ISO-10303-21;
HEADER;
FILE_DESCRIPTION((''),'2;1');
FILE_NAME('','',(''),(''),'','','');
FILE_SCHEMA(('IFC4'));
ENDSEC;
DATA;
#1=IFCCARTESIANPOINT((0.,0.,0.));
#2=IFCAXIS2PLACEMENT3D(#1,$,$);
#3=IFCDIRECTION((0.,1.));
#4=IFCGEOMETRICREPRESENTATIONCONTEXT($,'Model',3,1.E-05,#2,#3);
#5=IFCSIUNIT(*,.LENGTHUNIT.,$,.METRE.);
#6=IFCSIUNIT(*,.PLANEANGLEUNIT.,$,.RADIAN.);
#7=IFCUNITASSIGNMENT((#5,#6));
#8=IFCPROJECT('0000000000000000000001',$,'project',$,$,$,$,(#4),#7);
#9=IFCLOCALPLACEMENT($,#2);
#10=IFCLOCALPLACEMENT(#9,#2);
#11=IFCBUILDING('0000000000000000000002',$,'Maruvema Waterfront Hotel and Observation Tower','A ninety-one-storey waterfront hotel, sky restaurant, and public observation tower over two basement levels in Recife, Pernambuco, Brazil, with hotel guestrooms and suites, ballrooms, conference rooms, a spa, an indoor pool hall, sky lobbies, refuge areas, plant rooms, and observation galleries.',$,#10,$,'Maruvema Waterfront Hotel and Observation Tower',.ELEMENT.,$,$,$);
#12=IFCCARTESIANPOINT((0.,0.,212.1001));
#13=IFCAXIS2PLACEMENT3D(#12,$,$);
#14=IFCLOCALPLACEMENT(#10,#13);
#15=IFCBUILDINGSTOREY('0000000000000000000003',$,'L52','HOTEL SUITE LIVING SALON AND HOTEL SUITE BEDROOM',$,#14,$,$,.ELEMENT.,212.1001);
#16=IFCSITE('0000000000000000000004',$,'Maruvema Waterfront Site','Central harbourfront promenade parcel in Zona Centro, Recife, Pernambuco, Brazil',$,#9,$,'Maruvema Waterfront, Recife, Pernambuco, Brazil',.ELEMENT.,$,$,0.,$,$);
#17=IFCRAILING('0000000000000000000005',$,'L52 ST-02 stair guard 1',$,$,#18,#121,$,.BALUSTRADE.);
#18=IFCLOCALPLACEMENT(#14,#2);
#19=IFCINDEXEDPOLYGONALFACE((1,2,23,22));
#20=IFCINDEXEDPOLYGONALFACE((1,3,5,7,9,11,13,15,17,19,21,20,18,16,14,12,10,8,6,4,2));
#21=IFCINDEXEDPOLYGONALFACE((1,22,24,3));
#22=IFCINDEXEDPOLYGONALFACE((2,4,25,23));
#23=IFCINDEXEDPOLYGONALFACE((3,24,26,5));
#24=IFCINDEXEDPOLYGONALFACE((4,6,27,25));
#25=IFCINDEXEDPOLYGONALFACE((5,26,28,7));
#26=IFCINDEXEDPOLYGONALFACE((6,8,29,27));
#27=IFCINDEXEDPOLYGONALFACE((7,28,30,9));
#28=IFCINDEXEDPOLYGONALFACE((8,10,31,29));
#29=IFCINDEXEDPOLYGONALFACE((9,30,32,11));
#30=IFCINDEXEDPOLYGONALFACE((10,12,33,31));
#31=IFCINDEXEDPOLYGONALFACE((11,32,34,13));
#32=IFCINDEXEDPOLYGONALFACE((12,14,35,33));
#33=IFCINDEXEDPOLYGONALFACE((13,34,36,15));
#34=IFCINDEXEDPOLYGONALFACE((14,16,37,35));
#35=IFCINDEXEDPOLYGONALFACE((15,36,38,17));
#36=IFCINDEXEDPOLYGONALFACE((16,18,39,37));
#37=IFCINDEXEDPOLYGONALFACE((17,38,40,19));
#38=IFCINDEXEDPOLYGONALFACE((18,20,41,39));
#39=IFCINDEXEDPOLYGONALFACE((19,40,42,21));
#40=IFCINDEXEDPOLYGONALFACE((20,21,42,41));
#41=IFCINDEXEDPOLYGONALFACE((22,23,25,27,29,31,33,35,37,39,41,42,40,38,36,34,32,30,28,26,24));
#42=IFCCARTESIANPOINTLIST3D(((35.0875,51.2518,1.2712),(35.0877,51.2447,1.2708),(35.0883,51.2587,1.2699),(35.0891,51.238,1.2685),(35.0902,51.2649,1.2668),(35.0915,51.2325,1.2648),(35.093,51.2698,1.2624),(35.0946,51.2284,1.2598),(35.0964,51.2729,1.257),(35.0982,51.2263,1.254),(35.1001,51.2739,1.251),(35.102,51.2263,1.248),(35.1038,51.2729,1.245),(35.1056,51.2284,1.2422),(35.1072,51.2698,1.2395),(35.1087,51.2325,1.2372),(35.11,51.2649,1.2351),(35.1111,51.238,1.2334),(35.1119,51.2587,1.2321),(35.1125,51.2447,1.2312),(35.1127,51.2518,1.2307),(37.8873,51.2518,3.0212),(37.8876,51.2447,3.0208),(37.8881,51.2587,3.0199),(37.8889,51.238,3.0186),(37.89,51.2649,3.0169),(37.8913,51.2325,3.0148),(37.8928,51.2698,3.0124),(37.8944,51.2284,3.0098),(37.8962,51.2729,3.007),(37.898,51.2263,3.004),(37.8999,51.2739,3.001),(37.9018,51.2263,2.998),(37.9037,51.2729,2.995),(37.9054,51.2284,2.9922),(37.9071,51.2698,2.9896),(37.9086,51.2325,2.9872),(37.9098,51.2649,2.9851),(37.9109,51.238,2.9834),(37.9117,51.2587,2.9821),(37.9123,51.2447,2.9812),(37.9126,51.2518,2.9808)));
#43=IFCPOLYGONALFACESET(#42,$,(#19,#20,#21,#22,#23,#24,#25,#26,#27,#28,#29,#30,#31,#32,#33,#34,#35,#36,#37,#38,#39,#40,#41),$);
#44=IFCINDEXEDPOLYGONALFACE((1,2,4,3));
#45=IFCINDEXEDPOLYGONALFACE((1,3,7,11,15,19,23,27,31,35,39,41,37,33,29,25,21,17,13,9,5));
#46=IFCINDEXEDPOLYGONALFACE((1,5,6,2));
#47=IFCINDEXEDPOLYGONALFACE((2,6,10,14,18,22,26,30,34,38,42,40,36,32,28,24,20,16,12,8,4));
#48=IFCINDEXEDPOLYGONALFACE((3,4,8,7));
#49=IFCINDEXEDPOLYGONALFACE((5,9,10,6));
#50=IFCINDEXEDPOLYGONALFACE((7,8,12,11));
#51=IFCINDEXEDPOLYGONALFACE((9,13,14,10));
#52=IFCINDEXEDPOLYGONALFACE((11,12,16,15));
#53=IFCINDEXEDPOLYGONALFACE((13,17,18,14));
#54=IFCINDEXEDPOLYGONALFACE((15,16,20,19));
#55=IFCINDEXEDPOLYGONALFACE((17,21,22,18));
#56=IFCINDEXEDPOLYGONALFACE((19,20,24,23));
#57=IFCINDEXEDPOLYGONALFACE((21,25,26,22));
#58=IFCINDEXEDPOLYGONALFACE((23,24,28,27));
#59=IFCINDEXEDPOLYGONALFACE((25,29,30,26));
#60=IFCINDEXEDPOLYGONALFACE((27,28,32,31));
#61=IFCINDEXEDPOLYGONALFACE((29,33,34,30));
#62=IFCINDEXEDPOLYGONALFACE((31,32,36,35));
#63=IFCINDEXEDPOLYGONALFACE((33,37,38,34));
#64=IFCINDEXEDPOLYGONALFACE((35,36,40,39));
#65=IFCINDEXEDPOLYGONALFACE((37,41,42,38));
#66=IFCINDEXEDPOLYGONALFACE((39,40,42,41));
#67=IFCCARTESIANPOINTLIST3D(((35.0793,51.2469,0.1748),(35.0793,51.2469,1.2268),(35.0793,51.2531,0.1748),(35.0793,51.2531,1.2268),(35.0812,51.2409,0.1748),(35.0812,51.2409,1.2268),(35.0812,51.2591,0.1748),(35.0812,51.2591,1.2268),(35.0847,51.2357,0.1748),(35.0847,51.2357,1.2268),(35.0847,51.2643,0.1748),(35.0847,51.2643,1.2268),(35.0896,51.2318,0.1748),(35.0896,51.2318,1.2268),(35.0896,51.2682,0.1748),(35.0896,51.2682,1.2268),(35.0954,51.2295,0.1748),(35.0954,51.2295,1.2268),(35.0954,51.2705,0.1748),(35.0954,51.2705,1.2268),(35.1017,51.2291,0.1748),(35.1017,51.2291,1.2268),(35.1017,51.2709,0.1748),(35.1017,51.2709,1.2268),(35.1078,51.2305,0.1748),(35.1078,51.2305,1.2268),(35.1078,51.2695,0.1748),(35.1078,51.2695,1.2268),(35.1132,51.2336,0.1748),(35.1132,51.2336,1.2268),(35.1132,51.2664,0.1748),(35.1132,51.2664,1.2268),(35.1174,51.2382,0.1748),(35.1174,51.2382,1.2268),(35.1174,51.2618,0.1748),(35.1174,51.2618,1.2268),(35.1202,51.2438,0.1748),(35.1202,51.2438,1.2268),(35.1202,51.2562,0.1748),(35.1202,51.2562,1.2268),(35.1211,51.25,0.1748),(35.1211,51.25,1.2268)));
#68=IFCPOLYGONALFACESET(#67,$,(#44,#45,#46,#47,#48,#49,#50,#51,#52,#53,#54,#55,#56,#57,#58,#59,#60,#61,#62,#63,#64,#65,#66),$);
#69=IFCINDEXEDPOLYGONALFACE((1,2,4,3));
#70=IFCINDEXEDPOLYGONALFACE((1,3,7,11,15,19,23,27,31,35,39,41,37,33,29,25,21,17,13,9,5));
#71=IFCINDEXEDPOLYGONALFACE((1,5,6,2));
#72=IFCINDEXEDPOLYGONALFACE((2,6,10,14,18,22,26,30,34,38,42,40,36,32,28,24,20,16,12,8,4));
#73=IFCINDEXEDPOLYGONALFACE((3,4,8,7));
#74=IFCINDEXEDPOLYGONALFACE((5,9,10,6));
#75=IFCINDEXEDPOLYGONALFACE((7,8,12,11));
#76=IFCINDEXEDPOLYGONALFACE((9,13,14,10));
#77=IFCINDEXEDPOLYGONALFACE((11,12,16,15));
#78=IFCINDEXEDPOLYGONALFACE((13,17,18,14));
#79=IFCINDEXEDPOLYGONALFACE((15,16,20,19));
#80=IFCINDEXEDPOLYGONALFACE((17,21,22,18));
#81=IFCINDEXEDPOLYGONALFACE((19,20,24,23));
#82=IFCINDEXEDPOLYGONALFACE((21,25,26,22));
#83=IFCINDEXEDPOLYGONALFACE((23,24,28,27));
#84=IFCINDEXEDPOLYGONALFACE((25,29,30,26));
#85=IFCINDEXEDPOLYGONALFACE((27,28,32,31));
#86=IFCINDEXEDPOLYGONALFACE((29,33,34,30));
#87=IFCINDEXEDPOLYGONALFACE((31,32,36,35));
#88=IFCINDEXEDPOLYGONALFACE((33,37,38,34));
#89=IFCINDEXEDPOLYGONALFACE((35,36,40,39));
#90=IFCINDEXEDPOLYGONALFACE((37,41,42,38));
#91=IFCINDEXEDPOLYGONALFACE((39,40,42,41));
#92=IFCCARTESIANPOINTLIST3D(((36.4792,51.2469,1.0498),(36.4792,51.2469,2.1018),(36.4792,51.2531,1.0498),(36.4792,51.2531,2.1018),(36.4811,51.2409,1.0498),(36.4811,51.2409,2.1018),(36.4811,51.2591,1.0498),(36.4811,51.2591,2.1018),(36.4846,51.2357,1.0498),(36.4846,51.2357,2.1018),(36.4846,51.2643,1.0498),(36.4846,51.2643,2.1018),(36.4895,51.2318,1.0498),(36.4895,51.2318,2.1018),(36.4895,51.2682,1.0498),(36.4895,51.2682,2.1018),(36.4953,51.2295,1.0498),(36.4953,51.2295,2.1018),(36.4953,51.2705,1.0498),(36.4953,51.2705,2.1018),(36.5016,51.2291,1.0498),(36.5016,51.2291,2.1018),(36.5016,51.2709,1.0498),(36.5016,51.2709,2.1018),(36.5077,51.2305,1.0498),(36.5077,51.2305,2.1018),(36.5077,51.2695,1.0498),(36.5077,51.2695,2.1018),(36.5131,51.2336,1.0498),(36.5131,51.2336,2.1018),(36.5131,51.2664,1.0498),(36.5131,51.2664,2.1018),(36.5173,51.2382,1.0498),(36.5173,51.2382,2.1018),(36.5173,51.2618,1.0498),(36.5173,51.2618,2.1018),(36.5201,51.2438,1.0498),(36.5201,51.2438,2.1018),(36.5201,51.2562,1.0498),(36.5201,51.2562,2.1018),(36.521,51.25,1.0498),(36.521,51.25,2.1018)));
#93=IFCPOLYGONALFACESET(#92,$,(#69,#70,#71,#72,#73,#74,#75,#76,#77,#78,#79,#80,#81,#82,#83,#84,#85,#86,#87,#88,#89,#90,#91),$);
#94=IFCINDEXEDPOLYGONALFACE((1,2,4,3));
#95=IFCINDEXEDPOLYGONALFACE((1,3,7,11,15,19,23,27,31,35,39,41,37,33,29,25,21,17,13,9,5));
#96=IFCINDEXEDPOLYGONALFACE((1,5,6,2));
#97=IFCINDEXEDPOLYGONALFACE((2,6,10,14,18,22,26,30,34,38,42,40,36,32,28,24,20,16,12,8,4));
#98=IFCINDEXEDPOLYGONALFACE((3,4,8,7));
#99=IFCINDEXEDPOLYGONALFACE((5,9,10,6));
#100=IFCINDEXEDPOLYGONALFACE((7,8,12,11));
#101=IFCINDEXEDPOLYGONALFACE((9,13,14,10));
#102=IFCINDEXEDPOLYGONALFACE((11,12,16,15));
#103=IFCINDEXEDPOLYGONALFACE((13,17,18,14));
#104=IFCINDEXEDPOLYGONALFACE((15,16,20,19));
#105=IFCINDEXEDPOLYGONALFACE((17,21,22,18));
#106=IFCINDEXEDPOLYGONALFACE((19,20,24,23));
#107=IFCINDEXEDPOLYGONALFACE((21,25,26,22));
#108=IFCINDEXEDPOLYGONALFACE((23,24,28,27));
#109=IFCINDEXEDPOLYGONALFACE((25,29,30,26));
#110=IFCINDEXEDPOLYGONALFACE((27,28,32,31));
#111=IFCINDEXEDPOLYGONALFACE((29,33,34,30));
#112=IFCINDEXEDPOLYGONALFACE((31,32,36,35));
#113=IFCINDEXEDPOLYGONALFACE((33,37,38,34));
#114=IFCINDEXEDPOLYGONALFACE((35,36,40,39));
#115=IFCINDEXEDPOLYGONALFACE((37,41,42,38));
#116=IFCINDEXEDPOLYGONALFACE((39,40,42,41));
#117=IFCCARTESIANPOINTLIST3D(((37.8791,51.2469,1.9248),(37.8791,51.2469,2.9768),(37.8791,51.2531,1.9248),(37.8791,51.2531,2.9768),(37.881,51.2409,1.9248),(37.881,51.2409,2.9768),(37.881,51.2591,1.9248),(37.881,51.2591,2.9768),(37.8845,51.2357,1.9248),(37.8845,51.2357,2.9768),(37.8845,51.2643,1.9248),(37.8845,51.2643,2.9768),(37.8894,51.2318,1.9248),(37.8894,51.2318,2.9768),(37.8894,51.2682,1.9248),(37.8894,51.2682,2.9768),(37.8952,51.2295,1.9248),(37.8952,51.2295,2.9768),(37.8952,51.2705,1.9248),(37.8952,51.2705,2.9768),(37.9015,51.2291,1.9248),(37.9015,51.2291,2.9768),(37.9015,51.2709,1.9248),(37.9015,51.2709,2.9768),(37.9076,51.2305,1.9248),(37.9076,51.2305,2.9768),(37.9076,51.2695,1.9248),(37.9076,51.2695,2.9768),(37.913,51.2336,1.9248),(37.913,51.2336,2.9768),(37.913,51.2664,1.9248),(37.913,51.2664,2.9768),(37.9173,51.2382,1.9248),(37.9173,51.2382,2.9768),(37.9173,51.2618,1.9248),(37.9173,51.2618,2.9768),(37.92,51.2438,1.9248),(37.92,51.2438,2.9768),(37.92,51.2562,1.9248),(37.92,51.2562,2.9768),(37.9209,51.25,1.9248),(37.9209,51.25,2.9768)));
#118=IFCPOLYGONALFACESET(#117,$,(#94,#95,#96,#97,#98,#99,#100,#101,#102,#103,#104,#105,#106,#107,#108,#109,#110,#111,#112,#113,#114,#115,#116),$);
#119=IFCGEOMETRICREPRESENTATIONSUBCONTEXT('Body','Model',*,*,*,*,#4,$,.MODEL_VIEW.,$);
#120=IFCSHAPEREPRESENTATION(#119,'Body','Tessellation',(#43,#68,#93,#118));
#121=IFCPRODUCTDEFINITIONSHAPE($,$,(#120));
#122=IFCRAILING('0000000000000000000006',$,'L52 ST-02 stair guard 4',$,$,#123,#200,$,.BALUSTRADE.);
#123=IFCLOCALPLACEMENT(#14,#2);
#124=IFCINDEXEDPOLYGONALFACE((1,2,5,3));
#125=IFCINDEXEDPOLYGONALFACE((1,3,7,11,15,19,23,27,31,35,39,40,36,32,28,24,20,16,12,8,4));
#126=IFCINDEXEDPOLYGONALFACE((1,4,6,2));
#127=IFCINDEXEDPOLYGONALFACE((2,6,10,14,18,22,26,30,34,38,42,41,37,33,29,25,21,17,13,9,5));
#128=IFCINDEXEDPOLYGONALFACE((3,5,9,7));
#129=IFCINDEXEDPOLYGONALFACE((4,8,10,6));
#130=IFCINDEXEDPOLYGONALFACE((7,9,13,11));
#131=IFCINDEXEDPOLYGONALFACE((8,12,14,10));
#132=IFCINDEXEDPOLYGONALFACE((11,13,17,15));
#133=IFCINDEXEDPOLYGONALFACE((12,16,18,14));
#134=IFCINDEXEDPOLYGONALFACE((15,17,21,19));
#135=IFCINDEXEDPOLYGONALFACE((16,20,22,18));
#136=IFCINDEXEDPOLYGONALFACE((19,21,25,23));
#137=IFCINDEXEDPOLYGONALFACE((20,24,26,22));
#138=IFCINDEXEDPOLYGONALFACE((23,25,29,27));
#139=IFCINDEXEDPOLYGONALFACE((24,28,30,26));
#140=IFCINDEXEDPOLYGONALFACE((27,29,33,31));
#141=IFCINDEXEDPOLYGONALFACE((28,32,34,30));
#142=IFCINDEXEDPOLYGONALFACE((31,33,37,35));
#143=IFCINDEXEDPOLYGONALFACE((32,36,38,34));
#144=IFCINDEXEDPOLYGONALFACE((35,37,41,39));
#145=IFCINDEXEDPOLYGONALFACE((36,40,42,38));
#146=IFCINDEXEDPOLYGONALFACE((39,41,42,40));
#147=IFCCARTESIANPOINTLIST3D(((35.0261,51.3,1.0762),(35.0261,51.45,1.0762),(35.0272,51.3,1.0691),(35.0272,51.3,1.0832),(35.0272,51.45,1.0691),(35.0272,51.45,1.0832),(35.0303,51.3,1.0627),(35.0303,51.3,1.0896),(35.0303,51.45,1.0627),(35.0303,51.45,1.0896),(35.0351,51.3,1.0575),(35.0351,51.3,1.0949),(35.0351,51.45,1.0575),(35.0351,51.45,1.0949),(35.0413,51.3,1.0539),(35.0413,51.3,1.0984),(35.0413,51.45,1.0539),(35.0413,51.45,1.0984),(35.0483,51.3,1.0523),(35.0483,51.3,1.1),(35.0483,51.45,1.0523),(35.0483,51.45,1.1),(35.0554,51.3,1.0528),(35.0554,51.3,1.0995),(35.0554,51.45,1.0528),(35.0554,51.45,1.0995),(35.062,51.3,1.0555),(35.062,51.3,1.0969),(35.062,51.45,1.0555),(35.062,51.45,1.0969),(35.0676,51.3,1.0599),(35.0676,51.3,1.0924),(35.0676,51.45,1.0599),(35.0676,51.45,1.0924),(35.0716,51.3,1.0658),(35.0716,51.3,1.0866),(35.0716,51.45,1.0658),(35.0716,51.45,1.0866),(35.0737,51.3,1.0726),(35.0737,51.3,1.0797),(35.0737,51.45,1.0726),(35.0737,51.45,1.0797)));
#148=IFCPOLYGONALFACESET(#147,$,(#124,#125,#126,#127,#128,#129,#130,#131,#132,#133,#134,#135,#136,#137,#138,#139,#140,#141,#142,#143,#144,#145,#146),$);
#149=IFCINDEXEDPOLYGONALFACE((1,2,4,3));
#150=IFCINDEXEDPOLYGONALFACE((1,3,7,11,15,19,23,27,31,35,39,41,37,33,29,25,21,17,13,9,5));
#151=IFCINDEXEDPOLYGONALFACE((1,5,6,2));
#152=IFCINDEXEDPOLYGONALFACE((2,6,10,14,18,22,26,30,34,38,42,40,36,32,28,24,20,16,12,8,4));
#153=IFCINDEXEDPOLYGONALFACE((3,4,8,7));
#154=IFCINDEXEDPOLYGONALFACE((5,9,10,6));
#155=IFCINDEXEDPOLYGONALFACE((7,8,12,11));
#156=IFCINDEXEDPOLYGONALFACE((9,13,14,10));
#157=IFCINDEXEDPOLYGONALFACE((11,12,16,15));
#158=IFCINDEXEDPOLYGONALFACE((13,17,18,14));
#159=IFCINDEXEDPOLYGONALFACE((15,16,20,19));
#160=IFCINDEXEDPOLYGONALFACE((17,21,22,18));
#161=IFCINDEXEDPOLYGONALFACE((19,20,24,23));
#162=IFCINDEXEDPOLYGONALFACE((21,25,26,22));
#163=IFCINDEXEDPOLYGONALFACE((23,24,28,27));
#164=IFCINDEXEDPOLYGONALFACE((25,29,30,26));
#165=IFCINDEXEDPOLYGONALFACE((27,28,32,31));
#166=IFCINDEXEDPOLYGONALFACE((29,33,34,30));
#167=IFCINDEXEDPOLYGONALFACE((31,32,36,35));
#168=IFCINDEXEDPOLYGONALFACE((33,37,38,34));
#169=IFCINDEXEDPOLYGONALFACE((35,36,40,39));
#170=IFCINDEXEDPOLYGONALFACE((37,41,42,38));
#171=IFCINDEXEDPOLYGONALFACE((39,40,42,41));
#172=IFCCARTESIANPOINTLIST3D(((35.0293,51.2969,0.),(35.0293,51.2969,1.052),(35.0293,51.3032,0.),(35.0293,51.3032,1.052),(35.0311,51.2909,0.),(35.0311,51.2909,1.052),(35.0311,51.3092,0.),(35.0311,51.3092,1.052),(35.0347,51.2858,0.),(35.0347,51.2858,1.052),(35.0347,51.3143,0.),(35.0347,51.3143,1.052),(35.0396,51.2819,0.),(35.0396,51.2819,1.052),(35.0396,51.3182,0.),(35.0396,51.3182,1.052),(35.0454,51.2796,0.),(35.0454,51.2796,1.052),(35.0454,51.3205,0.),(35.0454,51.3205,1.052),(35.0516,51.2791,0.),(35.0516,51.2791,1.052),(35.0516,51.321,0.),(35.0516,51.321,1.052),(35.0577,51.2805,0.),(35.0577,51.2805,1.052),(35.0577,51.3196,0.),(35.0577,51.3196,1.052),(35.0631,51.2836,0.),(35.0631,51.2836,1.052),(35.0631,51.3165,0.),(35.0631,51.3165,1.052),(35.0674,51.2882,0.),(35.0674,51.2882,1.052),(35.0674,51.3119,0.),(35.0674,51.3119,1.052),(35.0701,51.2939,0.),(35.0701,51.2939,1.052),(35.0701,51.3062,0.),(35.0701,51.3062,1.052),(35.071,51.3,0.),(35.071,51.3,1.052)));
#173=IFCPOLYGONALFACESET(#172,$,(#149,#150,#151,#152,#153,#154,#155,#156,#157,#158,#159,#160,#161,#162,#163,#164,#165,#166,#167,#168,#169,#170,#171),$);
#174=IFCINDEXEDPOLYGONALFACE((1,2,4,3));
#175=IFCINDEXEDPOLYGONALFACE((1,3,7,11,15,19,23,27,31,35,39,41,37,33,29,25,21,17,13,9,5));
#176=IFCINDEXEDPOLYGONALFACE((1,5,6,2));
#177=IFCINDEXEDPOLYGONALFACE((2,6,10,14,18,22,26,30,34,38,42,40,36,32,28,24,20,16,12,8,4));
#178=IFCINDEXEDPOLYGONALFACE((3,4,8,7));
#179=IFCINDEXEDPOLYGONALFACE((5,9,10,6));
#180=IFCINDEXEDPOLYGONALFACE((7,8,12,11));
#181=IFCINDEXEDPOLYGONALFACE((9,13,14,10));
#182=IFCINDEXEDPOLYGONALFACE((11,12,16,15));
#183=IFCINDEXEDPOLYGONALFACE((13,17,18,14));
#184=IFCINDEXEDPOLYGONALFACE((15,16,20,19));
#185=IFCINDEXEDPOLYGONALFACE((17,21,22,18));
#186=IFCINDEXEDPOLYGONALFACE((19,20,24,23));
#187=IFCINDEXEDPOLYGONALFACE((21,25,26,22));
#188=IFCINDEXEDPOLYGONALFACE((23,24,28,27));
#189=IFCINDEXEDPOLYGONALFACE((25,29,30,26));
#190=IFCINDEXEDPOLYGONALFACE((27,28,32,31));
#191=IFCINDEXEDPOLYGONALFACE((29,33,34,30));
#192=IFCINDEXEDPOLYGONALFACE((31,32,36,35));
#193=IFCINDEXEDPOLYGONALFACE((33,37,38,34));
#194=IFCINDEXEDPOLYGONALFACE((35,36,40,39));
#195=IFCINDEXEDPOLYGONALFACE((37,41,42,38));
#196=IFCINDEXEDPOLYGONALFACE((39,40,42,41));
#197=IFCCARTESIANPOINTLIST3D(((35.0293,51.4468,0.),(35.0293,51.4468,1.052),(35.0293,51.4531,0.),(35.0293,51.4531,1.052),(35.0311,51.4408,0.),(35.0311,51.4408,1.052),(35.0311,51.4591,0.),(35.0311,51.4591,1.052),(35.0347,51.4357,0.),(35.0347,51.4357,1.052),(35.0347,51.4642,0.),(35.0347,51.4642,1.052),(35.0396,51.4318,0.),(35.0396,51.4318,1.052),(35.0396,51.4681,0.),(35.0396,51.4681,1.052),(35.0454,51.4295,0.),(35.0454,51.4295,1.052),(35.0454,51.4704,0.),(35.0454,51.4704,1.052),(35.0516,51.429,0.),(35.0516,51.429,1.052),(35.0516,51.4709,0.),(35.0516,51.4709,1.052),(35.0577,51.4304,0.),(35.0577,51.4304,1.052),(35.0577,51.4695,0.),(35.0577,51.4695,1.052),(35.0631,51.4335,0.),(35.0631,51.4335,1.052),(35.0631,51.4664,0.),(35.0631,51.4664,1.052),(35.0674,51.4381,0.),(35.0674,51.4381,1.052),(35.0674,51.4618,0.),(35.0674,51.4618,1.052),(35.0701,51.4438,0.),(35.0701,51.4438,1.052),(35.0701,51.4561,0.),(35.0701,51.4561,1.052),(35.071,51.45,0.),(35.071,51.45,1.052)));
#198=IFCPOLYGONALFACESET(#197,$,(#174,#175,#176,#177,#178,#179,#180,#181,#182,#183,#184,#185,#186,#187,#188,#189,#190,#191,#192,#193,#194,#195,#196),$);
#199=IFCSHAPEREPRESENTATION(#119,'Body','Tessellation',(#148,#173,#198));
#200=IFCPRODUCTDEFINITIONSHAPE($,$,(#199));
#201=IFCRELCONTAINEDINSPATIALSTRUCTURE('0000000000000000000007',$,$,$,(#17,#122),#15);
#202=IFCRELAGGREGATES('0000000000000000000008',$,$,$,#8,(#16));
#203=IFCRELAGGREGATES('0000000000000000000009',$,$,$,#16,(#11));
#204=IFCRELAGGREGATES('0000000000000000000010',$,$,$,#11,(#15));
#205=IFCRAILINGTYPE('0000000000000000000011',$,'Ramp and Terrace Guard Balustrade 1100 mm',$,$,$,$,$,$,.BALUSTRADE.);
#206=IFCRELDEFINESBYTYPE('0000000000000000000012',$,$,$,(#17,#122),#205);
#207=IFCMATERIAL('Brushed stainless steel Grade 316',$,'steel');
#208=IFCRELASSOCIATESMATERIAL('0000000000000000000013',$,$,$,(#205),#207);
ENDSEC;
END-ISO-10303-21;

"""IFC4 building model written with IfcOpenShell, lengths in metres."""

from ifc_helpers import new_model, si_unit, direction, frame, origin, origin_2d, place, context, subcontext, project, spatial, circle, extrude, material, type_object, element, save


model = new_model("IFC4")

# Units and contexts
model_context = context("Model", 3, precision=1e-05, world=origin(), true_north=direction((0.0, 1.0)))
body_context = subcontext(model_context, "Body", "Model", "MODEL_VIEW")
ifc_project = project(units=[si_unit("LENGTHUNIT", "METRE"), si_unit("PLANEANGLEUNIT", "RADIAN")], contexts=[model_context])

# Site, building, storey
site_placement = place(None, origin())
site = spatial("IfcSite", under=ifc_project, at=site_placement, Name="Maruvema Waterfront Site", Description="Central harbourfront promenade parcel in Zona Centro, Recife, Pernambuco, Brazil", LongName="Maruvema Waterfront, Recife, Pernambuco, Brazil", CompositionType="ELEMENT", RefElevation=0.0)
building_placement = place(site_placement, origin())
building = spatial("IfcBuilding", under=site, at=building_placement, Name="Maruvema Waterfront Hotel and Observation Tower", Description="A ninety-one-storey waterfront hotel, sky restaurant, and public observation tower over two basement levels in Recife, Pernambuco, Brazil, with hotel guestrooms and suites, ballrooms, conference rooms, a spa, an indoor pool hall, sky lobbies, refuge areas, plant rooms, and observation galleries.", LongName="Maruvema Waterfront Hotel and Observation Tower", CompositionType="ELEMENT")
storey_placement = place(building_placement, frame((0.0, 0.0, 212.1001)))
storey = spatial("IfcBuildingStorey", under=building, at=storey_placement, Name="L52", Description="HOTEL SUITE LIVING SALON AND HOTEL SUITE BEDROOM", CompositionType="ELEMENT", Elevation=212.1001)

# Railings
ifc_material_1 = material(Name="Brushed stainless steel Grade 316", Category="steel")
railing_type_1 = type_object("IfcRailingType", Name="Ramp and Terrace Guard Balustrade 1100 mm", PredefinedType="BALUSTRADE", material=ifc_material_1)
railing_1_placement = place(storey_placement, frame((35.1001, 51.25, 0.1748)))
element("IfcRailing", 1, at=railing_1_placement, inside=storey, type_object=railing_type_1, Name="L52 ST-02 stair guard 1", PredefinedType="BALUSTRADE", context=body_context, shape_type="SweptSolid", body=[
    extrude(circle(Radius=0.0239, at=origin_2d()), frame((0.0, 0.0, 1.0762), z_axis=(0.847982, 0.0, 0.530026), x_axis=(0.0, 1.0, 0.0)), (0.0, 0.0, 1.0), 3.3018),
    extrude(circle(Radius=0.021, at=origin_2d()), origin(), (0.0, 0.0, 1.0), 1.052),
    extrude(circle(Radius=0.021, at=origin_2d()), frame((1.3999, 0.0, 0.875)), (0.0, 0.0, 1.0), 1.052),
    extrude(circle(Radius=0.021, at=origin_2d()), frame((2.7998, 0.0, 1.75)), (0.0, 0.0, 1.0), 1.052),
])
railing_2_placement = place(storey_placement, frame((35.05, 51.3, 0.0)))
element("IfcRailing", 2, at=railing_2_placement, inside=storey, type_object=railing_type_1, Name="L52 ST-02 stair guard 4", PredefinedType="BALUSTRADE", context=body_context, shape_type="SweptSolid", body=[
    extrude(circle(Radius=0.0239, at=origin_2d()), frame((0.0, 0.0, 1.0762), z_axis=(0.0, 1.0, 0.0), x_axis=(-1.0, 0.0, 0.0)), (0.0, 0.0, 1.0), 0.1499),
    extrude(circle(Radius=0.021, at=origin_2d()), origin(), (0.0, 0.0, 1.0), 1.052),
    extrude(circle(Radius=0.021, at=origin_2d()), frame((0.0, 0.1499, 0.0)), (0.0, 0.0, 1.0), 1.052),
])

save(model, "model.ifc")
